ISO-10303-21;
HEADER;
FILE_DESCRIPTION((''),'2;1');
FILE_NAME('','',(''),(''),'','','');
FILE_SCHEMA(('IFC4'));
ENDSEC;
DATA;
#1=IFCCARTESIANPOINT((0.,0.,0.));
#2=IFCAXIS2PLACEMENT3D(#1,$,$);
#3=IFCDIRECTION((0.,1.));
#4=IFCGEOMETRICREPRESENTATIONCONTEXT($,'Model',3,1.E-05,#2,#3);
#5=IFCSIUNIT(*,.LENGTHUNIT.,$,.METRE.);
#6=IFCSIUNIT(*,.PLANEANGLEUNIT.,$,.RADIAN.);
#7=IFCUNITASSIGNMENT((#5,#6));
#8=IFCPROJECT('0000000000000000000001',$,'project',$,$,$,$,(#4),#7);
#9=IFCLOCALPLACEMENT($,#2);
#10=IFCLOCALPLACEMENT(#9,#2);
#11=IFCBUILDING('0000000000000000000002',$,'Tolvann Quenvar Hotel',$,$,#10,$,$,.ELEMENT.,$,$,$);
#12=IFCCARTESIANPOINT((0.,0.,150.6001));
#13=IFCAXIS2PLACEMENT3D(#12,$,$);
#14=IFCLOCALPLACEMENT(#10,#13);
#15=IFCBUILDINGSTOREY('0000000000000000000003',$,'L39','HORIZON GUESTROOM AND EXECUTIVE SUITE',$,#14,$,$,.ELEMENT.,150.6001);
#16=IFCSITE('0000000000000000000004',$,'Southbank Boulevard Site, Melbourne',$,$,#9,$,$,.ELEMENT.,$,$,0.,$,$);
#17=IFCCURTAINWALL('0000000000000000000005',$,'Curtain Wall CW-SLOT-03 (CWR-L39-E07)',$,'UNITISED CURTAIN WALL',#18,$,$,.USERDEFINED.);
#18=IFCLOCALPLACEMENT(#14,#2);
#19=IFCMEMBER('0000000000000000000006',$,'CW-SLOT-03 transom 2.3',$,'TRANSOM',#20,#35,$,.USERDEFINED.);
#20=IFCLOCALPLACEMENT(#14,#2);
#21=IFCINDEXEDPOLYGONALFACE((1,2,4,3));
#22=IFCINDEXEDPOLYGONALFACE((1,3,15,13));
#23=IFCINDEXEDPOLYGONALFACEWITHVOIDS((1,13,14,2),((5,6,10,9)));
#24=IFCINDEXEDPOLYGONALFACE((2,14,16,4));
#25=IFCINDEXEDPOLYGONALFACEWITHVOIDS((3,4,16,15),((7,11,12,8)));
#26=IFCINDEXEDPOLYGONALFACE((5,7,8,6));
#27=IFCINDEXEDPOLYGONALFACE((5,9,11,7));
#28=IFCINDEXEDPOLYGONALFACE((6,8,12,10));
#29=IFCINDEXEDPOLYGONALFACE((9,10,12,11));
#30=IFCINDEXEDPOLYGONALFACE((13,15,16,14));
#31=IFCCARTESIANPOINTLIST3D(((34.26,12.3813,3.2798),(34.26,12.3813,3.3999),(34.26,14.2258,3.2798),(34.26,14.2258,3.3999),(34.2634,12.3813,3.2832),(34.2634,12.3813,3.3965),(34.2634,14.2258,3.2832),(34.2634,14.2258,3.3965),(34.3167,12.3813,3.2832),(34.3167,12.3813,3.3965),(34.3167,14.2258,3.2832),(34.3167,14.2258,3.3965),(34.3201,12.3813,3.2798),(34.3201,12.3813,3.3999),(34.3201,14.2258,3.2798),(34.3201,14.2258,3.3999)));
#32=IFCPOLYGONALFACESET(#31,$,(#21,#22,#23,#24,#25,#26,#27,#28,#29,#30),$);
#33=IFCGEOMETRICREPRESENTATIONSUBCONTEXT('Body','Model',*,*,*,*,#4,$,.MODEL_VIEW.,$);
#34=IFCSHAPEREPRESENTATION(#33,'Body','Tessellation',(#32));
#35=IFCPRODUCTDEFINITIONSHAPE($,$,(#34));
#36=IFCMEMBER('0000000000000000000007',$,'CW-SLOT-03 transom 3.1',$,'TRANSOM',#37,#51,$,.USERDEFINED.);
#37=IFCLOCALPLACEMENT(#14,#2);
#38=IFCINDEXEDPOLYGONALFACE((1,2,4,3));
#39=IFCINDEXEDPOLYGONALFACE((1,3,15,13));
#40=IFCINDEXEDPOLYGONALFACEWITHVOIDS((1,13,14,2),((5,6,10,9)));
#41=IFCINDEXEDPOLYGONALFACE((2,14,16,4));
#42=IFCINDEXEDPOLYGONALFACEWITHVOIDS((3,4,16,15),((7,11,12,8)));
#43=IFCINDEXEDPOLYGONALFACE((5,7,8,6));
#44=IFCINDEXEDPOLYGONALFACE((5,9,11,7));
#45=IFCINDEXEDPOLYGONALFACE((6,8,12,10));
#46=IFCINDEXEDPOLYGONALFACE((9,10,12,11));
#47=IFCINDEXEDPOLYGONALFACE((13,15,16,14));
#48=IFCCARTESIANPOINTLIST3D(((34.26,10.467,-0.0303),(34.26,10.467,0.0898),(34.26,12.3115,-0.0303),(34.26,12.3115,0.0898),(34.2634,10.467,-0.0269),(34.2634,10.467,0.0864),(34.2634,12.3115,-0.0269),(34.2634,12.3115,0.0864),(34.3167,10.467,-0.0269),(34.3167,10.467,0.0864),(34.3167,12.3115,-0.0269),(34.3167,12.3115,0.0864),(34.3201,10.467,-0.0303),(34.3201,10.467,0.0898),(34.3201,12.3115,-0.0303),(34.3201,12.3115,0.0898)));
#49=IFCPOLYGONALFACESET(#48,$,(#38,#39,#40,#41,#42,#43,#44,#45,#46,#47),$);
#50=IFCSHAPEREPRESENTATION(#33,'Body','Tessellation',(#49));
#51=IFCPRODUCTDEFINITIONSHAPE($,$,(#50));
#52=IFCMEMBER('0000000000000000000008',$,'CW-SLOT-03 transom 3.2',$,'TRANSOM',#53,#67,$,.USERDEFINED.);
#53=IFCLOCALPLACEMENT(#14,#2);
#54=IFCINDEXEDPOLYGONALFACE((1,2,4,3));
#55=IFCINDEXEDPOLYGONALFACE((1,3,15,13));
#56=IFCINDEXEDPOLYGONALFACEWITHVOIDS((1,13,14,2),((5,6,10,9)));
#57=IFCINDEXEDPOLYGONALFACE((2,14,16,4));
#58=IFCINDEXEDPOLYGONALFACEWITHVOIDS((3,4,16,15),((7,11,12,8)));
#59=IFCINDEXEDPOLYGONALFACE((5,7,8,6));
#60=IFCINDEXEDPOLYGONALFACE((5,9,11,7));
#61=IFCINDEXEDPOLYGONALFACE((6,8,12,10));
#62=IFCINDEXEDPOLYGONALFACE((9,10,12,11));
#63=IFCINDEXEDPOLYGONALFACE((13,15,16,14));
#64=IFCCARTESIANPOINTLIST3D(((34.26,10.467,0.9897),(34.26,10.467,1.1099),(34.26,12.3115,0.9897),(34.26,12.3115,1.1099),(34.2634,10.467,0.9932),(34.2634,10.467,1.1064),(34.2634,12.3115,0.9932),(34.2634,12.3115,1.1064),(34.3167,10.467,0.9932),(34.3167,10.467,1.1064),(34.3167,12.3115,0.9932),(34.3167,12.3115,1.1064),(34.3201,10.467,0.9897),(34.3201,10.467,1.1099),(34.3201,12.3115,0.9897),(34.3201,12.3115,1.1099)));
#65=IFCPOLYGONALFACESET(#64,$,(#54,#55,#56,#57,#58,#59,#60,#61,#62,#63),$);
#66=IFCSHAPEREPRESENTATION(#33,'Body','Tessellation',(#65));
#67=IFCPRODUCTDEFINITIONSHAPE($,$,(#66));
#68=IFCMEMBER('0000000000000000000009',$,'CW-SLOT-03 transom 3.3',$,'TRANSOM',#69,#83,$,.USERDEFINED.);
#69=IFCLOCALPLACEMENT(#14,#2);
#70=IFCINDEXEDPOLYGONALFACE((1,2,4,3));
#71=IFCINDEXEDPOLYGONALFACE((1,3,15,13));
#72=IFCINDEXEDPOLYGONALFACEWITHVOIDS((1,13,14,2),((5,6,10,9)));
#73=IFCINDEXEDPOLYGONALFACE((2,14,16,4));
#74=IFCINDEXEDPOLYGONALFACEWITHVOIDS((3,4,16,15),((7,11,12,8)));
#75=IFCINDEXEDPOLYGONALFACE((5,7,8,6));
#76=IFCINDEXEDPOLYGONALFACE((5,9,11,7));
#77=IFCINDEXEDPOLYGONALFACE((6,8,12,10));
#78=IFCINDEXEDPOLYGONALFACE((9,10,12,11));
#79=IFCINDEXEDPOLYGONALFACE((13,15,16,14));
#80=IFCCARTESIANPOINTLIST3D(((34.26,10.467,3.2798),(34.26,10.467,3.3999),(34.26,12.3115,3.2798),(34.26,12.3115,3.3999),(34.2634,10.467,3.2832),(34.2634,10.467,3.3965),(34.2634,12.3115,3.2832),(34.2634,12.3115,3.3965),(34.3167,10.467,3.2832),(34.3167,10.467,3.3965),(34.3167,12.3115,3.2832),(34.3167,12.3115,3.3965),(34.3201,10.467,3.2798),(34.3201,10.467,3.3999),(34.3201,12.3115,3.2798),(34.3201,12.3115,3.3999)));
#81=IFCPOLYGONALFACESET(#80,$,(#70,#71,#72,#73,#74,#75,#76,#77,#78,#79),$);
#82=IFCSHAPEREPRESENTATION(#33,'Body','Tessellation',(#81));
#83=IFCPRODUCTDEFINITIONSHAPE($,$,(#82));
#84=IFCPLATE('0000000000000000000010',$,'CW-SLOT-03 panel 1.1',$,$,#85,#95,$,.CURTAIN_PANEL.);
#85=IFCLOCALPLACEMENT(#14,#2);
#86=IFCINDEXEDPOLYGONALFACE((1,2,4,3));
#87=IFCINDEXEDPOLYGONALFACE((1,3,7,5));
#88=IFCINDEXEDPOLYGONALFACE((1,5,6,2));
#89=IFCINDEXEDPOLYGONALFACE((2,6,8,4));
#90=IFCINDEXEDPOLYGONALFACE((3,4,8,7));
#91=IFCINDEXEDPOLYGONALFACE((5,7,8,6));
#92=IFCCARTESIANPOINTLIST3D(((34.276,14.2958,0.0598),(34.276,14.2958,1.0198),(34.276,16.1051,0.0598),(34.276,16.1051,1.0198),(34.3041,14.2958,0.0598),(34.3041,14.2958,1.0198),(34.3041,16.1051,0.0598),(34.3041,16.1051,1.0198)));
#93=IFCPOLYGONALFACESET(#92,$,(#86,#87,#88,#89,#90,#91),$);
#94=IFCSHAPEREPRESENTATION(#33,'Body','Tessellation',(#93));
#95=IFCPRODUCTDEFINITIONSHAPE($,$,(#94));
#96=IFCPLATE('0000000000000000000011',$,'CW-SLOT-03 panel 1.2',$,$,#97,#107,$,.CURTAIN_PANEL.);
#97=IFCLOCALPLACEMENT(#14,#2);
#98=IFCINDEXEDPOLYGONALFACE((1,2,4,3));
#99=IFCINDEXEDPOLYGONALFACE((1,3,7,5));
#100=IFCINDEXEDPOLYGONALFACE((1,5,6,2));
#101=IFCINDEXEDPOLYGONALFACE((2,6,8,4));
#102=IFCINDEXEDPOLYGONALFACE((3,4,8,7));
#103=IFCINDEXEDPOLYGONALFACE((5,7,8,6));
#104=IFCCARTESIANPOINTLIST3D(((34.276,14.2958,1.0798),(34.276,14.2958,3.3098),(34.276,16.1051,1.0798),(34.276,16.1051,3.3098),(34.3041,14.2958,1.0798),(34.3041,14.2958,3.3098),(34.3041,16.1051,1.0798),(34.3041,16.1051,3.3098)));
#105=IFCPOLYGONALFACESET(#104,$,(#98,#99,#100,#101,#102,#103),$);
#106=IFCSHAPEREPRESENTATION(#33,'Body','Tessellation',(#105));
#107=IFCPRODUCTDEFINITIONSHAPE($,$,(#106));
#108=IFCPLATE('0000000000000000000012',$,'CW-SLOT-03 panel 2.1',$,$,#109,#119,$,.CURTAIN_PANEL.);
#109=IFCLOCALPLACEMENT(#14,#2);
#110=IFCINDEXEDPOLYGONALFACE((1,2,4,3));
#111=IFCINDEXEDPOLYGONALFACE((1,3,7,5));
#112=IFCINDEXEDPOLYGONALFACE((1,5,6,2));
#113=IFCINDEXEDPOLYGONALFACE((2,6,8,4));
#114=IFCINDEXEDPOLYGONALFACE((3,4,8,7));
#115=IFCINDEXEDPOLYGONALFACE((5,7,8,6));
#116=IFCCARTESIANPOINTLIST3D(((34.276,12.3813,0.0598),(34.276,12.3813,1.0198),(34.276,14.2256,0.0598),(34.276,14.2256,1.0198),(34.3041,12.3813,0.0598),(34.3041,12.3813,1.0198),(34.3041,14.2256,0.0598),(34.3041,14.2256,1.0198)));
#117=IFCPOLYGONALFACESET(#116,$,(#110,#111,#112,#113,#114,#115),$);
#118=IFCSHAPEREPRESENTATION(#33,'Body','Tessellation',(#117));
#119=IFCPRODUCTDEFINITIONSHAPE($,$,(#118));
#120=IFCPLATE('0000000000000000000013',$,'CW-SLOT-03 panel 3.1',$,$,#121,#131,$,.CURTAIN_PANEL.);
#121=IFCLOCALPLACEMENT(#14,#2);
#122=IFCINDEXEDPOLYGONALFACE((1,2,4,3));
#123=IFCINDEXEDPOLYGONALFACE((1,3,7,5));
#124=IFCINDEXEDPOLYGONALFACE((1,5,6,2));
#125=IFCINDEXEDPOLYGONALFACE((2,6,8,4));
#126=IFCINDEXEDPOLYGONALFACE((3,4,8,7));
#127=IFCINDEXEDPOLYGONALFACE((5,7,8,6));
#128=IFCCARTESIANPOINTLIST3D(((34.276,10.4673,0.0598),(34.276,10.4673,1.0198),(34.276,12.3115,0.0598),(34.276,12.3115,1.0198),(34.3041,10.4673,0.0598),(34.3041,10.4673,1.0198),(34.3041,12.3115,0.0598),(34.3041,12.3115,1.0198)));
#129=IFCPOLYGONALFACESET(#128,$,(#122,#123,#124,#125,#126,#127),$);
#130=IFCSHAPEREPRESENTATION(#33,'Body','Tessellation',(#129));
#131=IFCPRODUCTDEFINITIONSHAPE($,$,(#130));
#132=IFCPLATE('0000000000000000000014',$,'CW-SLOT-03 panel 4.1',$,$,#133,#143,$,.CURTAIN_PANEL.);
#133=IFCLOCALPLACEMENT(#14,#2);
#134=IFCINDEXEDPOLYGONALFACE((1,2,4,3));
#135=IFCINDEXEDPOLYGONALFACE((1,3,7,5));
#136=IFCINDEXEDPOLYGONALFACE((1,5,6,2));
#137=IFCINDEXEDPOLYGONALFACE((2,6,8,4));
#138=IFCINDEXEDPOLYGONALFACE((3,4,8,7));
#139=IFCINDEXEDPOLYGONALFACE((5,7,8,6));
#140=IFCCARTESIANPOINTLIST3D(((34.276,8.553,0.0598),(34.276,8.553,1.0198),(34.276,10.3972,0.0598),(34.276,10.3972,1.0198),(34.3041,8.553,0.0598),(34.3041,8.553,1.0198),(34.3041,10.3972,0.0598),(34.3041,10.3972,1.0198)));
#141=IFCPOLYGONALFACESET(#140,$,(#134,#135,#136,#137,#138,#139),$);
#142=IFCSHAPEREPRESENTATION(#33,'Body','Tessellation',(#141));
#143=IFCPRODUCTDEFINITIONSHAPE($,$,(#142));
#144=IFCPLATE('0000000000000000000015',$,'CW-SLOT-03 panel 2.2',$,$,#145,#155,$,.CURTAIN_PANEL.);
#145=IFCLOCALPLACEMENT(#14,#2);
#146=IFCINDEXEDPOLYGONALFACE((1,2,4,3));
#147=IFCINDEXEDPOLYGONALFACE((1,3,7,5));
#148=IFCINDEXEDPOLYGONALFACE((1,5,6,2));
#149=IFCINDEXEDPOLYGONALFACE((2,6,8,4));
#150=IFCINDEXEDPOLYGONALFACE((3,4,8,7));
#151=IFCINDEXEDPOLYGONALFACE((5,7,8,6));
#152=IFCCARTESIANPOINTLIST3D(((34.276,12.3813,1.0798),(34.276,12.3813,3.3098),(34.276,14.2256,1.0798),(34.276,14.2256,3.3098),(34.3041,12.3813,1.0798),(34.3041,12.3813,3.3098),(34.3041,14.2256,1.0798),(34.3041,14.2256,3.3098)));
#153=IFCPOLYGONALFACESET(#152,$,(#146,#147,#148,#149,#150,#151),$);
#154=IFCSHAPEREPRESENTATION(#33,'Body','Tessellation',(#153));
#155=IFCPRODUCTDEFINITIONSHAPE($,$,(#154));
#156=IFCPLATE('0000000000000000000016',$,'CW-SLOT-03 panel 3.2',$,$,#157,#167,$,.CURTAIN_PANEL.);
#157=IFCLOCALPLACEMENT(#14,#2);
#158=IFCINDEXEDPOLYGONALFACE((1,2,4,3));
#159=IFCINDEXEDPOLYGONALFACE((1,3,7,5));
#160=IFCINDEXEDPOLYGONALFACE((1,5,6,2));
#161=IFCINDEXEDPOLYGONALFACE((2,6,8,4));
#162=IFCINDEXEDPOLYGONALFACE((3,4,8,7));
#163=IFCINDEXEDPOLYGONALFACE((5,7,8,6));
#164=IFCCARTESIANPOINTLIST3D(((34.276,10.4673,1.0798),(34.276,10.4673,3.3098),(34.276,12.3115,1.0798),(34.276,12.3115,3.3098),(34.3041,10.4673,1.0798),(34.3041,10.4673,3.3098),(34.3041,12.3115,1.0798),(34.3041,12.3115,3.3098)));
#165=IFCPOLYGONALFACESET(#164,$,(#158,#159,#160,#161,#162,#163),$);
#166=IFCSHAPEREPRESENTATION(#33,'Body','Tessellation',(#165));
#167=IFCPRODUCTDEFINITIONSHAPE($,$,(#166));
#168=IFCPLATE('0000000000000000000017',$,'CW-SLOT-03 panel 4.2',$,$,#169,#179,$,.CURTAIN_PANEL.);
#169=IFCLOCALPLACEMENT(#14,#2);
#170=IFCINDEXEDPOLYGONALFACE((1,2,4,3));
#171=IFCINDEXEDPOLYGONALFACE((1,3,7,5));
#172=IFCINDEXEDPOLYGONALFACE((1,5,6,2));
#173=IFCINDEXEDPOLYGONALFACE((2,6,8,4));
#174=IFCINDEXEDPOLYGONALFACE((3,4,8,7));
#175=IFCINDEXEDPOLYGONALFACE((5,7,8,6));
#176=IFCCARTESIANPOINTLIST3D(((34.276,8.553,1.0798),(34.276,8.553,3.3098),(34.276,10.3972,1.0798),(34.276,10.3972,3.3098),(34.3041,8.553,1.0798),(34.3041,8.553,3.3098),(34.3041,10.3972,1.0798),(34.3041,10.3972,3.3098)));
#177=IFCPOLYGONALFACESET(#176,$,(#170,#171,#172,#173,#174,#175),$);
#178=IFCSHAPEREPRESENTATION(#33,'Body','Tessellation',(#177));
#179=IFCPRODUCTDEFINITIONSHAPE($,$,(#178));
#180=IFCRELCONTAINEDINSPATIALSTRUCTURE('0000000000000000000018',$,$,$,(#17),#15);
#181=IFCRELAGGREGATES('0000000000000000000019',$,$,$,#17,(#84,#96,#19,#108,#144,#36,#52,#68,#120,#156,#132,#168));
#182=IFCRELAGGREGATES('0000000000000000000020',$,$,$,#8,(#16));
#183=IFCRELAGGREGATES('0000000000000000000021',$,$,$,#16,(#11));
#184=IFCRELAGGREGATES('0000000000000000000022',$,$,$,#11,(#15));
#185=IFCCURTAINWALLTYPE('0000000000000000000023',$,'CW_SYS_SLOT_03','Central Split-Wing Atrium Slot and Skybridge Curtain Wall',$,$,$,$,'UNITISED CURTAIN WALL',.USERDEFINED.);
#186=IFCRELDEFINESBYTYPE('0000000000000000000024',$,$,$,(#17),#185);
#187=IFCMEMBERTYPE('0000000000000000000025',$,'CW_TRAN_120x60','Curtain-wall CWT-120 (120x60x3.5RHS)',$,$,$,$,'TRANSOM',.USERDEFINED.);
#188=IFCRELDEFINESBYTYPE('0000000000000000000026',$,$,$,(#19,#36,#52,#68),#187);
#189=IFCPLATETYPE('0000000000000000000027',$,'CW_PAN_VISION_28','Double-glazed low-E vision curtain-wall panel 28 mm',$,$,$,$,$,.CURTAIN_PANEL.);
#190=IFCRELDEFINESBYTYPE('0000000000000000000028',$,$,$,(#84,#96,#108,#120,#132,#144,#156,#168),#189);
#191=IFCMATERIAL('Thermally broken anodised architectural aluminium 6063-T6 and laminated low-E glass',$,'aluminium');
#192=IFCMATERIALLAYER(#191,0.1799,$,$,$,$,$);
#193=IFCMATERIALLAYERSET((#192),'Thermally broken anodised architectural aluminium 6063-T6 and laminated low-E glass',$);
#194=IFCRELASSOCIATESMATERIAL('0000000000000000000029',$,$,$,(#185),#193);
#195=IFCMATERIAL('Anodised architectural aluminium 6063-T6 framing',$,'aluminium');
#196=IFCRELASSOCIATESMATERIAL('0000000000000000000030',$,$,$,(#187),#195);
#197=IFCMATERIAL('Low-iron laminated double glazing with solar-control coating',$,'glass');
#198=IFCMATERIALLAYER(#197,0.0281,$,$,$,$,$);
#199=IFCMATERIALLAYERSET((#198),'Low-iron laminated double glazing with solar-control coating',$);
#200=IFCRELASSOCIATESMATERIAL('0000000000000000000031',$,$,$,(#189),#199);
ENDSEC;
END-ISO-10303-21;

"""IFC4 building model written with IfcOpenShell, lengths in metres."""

from ifc_helpers import new_model, si_unit, direction, frame, origin, origin_2d, place, context, subcontext, project, spatial, rectangle, hollow_rectangle, extrude, source, transform, mapped, material, layer, layer_set, material_profile, profile_set, type_object, type_shapes, element, aggregate, save


model = new_model("IFC4")

# Units and contexts
model_context = context("Model", 3, precision=1e-05, world=origin(), true_north=direction((0.0, 1.0)))
body_context = subcontext(model_context, "Body", "Model", "MODEL_VIEW")
ifc_project = project(units=[si_unit("LENGTHUNIT", "METRE"), si_unit("PLANEANGLEUNIT", "RADIAN")], contexts=[model_context])

# Site, building, storey
site_placement = place(None, origin())
site = spatial("IfcSite", under=ifc_project, at=site_placement, Name="Southbank Boulevard Site, Melbourne", CompositionType="ELEMENT", RefElevation=0.0)
building_placement = place(site_placement, origin())
building = spatial("IfcBuilding", under=site, at=building_placement, Name="Tolvann Quenvar Hotel", CompositionType="ELEMENT")
storey_placement = place(building_placement, frame((0.0, 0.0, 150.6001)))
storey = spatial("IfcBuildingStorey", under=building, at=storey_placement, Name="L39", Description="HORIZON GUESTROOM AND EXECUTIVE SUITE", CompositionType="ELEMENT", Elevation=150.6001)

# Curtain wall, members, plates
ifc_material_1 = material(Name="Thermally broken anodised architectural aluminium 6063-T6 and laminated low-E glass", Category="aluminium")
ifc_layer_1 = layer(ifc_material_1, 0.1799)
ifc_layer_set_1 = layer_set([ifc_layer_1], Name="Thermally broken anodised architectural aluminium 6063-T6 and laminated low-E glass")
curtain_wall_type = type_object("IfcCurtainWallType", Name="CW_SYS_SLOT_03", Description="Central Split-Wing Atrium Slot and Skybridge Curtain Wall", ElementType="UNITISED CURTAIN WALL", PredefinedType="USERDEFINED", material=ifc_layer_set_1)
curtain_wall_placement = place(storey_placement, origin())
curtain_wall = element("IfcCurtainWall", 1, at=curtain_wall_placement, inside=storey, type_object=curtain_wall_type, Name="Curtain Wall CW-SLOT-03 (CWR-L39-E07)", ObjectType="UNITISED CURTAIN WALL", PredefinedType="USERDEFINED")
ifc_material_2 = material(Name="Anodised architectural aluminium 6063-T6 framing", Category="aluminium")
ifc_material_profile_1 = material_profile(ifc_material_2, hollow_rectangle(XDim=0.0601, YDim=0.1201, WallThickness=0.0034, at=origin_2d()), Name="120x60x3.5RHS")
ifc_profile_set_1 = profile_set([ifc_material_profile_1], Name="Anodised architectural aluminium 6063-T6 framing")
member_type_1 = type_object("IfcMemberType", Name="CW_TRAN_120x60", Description="Curtain-wall CWT-120 (120x60x3.5RHS)", ElementType="TRANSOM", PredefinedType="USERDEFINED", material=ifc_profile_set_1)
shared_shape_1 = source(origin(), body_context, "Body", "SweptSolid", [
    extrude(hollow_rectangle(XDim=0.0601, YDim=0.1201, WallThickness=0.0034, at=origin_2d()), origin(), (0.0, 0.0, 1.0), 1.8445),
])
member_1_placement = place(storey_placement, frame((34.29, 14.2258, 3.3398), z_axis=(0.0, -1.0, 0.0), x_axis=(1.0, 0.0, 0.0)))
member_1 = element("IfcMember", 2, at=member_1_placement, type_object=member_type_1, Name="CW-SLOT-03 transom 2.3", ObjectType="TRANSOM", PredefinedType="USERDEFINED", context=body_context, shape_type="MappedRepresentation", body=[
    mapped(shared_shape_1, transform((0.0, 0.0, 0.0), x_axis=(1.0, 0.0, 0.0), y_axis=(0.0, 1.0, 0.0), z_axis=(0.0, 0.0, 1.0), scale=1.0)),
])
member_2_placement = place(storey_placement, frame((34.29, 12.3115, 0.0298), z_axis=(0.0, -1.0, 0.0), x_axis=(1.0, 0.0, 0.0)))
member_2 = element("IfcMember", 3, at=member_2_placement, type_object=member_type_1, Name="CW-SLOT-03 transom 3.1", ObjectType="TRANSOM", PredefinedType="USERDEFINED", context=body_context, shape_type="MappedRepresentation", body=[
    mapped(shared_shape_1, transform((0.0, 0.0, 0.0), x_axis=(1.0, 0.0, 0.0), y_axis=(0.0, 1.0, 0.0), z_axis=(0.0, 0.0, 1.0), scale=1.0)),
])
member_3_placement = place(storey_placement, frame((34.29, 12.3115, 1.0498), z_axis=(0.0, -1.0, 0.0), x_axis=(1.0, 0.0, 0.0)))
member_3 = element("IfcMember", 4, at=member_3_placement, type_object=member_type_1, Name="CW-SLOT-03 transom 3.2", ObjectType="TRANSOM", PredefinedType="USERDEFINED", context=body_context, shape_type="MappedRepresentation", body=[
    mapped(shared_shape_1, transform((0.0, 0.0, 0.0), x_axis=(1.0, 0.0, 0.0), y_axis=(0.0, 1.0, 0.0), z_axis=(0.0, 0.0, 1.0), scale=1.0)),
])
member_4_placement = place(storey_placement, frame((34.29, 12.3115, 3.3398), z_axis=(0.0, -1.0, 0.0), x_axis=(1.0, 0.0, 0.0)))
member_4 = element("IfcMember", 5, at=member_4_placement, type_object=member_type_1, Name="CW-SLOT-03 transom 3.3", ObjectType="TRANSOM", PredefinedType="USERDEFINED", context=body_context, shape_type="MappedRepresentation", body=[
    mapped(shared_shape_1, transform((0.0, 0.0, 0.0), x_axis=(1.0, 0.0, 0.0), y_axis=(0.0, 1.0, 0.0), z_axis=(0.0, 0.0, 1.0), scale=1.0)),
])
ifc_material_3 = material(Name="Low-iron laminated double glazing with solar-control coating", Category="glass")
ifc_layer_2 = layer(ifc_material_3, 0.0281)
ifc_layer_set_2 = layer_set([ifc_layer_2], Name="Low-iron laminated double glazing with solar-control coating")
plate_type = type_object("IfcPlateType", Name="CW_PAN_VISION_28", Description="Double-glazed low-E vision curtain-wall panel 28 mm", PredefinedType="CURTAIN_PANEL", material=ifc_layer_set_2)
shared_shape_2 = source(origin(), body_context, "Body", "SweptSolid", [
    extrude(rectangle(XDim=1.8093, YDim=0.0281, at=origin_2d()), origin(), (0.0, 0.0, 1.0), 0.96),
])
plate_1_placement = place(storey_placement, frame((34.29, 15.2004, 0.0598), z_axis=(0.0, 0.0, 1.0), x_axis=(0.0, -1.0, 0.0)))
plate_1 = element("IfcPlate", 6, at=plate_1_placement, type_object=plate_type, Name="CW-SLOT-03 panel 1.1", PredefinedType="CURTAIN_PANEL", context=body_context, shape_type="MappedRepresentation", body=[
    mapped(shared_shape_2, transform((0.0, 0.0, 0.0), x_axis=(1.0, 0.0, 0.0), y_axis=(0.0, 1.0, 0.0), z_axis=(0.0, 0.0, 1.0), scale=1.0)),
])
shared_shape_3 = source(origin(), body_context, "Body", "SweptSolid", [
    extrude(rectangle(XDim=1.8093, YDim=0.0281, at=origin_2d()), origin(), (0.0, 0.0, 1.0), 2.23),
])
plate_2_placement = place(storey_placement, frame((34.29, 15.2004, 1.0798), z_axis=(0.0, 0.0, 1.0), x_axis=(0.0, -1.0, 0.0)))
plate_2 = element("IfcPlate", 7, at=plate_2_placement, type_object=plate_type, Name="CW-SLOT-03 panel 1.2", PredefinedType="CURTAIN_PANEL", context=body_context, shape_type="MappedRepresentation", body=[
    mapped(shared_shape_3, transform((0.0, 0.0, 0.0), x_axis=(1.0, 0.0, 0.0), y_axis=(0.0, 1.0, 0.0), z_axis=(0.0, 0.0, 1.0), scale=1.0)),
])
shared_shape_4 = source(origin(), body_context, "Body", "SweptSolid", [
    extrude(rectangle(XDim=1.8442, YDim=0.0281, at=origin_2d()), origin(), (0.0, 0.0, 1.0), 0.96),
])
plate_3_placement = place(storey_placement, frame((34.29, 13.3035, 0.0598), z_axis=(0.0, 0.0, 1.0), x_axis=(0.0, -1.0, 0.0)))
plate_3 = element("IfcPlate", 8, at=plate_3_placement, type_object=plate_type, Name="CW-SLOT-03 panel 2.1", PredefinedType="CURTAIN_PANEL", context=body_context, shape_type="MappedRepresentation", body=[
    mapped(shared_shape_4, transform((0.0, 0.0, 0.0), x_axis=(1.0, 0.0, 0.0), y_axis=(0.0, 1.0, 0.0), z_axis=(0.0, 0.0, 1.0), scale=1.0)),
])
plate_4_placement = place(storey_placement, frame((34.29, 11.3894, 0.0598), z_axis=(0.0, 0.0, 1.0), x_axis=(0.0, -1.0, 0.0)))
plate_4 = element("IfcPlate", 9, at=plate_4_placement, type_object=plate_type, Name="CW-SLOT-03 panel 3.1", PredefinedType="CURTAIN_PANEL", context=body_context, shape_type="MappedRepresentation", body=[
    mapped(shared_shape_4, transform((0.0, 0.0, 0.0), x_axis=(1.0, 0.0, 0.0), y_axis=(0.0, 1.0, 0.0), z_axis=(0.0, 0.0, 1.0), scale=1.0)),
])
plate_5_placement = place(storey_placement, frame((34.29, 9.4751, 0.0598), z_axis=(0.0, 0.0, 1.0), x_axis=(0.0, -1.0, 0.0)))
plate_5 = element("IfcPlate", 10, at=plate_5_placement, type_object=plate_type, Name="CW-SLOT-03 panel 4.1", PredefinedType="CURTAIN_PANEL", context=body_context, shape_type="MappedRepresentation", body=[
    mapped(shared_shape_4, transform((0.0, 0.0, 0.0), x_axis=(1.0, 0.0, 0.0), y_axis=(0.0, 1.0, 0.0), z_axis=(0.0, 0.0, 1.0), scale=1.0)),
])
shared_shape_5 = source(origin(), body_context, "Body", "SweptSolid", [
    extrude(rectangle(XDim=1.8442, YDim=0.0281, at=origin_2d()), origin(), (0.0, 0.0, 1.0), 2.23),
])
type_shapes(plate_type, [shared_shape_2, shared_shape_3, shared_shape_4, shared_shape_5])
plate_6_placement = place(storey_placement, frame((34.29, 13.3035, 1.0798), z_axis=(0.0, 0.0, 1.0), x_axis=(0.0, -1.0, 0.0)))
plate_6 = element("IfcPlate", 11, at=plate_6_placement, type_object=plate_type, Name="CW-SLOT-03 panel 2.2", PredefinedType="CURTAIN_PANEL", context=body_context, shape_type="MappedRepresentation", body=[
    mapped(shared_shape_5, transform((0.0, 0.0, 0.0), x_axis=(1.0, 0.0, 0.0), y_axis=(0.0, 1.0, 0.0), z_axis=(0.0, 0.0, 1.0), scale=1.0)),
])
plate_7_placement = place(storey_placement, frame((34.29, 11.3894, 1.0798), z_axis=(0.0, 0.0, 1.0), x_axis=(0.0, -1.0, 0.0)))
plate_7 = element("IfcPlate", 12, at=plate_7_placement, type_object=plate_type, Name="CW-SLOT-03 panel 3.2", PredefinedType="CURTAIN_PANEL", context=body_context, shape_type="MappedRepresentation", body=[
    mapped(shared_shape_5, transform((0.0, 0.0, 0.0), x_axis=(1.0, 0.0, 0.0), y_axis=(0.0, 1.0, 0.0), z_axis=(0.0, 0.0, 1.0), scale=1.0)),
])
plate_8_placement = place(storey_placement, frame((34.29, 9.4751, 1.0798), z_axis=(0.0, 0.0, 1.0), x_axis=(0.0, -1.0, 0.0)))
plate_8 = element("IfcPlate", 13, at=plate_8_placement, type_object=plate_type, Name="CW-SLOT-03 panel 4.2", PredefinedType="CURTAIN_PANEL", context=body_context, shape_type="MappedRepresentation", body=[
    mapped(shared_shape_5, transform((0.0, 0.0, 0.0), x_axis=(1.0, 0.0, 0.0), y_axis=(0.0, 1.0, 0.0), z_axis=(0.0, 0.0, 1.0), scale=1.0)),
])
aggregate(curtain_wall, [plate_1, plate_2, member_1, plate_3, plate_6, member_2, member_3, member_4, plate_4, plate_7, plate_5, plate_8])

save(model, "model.ifc")
